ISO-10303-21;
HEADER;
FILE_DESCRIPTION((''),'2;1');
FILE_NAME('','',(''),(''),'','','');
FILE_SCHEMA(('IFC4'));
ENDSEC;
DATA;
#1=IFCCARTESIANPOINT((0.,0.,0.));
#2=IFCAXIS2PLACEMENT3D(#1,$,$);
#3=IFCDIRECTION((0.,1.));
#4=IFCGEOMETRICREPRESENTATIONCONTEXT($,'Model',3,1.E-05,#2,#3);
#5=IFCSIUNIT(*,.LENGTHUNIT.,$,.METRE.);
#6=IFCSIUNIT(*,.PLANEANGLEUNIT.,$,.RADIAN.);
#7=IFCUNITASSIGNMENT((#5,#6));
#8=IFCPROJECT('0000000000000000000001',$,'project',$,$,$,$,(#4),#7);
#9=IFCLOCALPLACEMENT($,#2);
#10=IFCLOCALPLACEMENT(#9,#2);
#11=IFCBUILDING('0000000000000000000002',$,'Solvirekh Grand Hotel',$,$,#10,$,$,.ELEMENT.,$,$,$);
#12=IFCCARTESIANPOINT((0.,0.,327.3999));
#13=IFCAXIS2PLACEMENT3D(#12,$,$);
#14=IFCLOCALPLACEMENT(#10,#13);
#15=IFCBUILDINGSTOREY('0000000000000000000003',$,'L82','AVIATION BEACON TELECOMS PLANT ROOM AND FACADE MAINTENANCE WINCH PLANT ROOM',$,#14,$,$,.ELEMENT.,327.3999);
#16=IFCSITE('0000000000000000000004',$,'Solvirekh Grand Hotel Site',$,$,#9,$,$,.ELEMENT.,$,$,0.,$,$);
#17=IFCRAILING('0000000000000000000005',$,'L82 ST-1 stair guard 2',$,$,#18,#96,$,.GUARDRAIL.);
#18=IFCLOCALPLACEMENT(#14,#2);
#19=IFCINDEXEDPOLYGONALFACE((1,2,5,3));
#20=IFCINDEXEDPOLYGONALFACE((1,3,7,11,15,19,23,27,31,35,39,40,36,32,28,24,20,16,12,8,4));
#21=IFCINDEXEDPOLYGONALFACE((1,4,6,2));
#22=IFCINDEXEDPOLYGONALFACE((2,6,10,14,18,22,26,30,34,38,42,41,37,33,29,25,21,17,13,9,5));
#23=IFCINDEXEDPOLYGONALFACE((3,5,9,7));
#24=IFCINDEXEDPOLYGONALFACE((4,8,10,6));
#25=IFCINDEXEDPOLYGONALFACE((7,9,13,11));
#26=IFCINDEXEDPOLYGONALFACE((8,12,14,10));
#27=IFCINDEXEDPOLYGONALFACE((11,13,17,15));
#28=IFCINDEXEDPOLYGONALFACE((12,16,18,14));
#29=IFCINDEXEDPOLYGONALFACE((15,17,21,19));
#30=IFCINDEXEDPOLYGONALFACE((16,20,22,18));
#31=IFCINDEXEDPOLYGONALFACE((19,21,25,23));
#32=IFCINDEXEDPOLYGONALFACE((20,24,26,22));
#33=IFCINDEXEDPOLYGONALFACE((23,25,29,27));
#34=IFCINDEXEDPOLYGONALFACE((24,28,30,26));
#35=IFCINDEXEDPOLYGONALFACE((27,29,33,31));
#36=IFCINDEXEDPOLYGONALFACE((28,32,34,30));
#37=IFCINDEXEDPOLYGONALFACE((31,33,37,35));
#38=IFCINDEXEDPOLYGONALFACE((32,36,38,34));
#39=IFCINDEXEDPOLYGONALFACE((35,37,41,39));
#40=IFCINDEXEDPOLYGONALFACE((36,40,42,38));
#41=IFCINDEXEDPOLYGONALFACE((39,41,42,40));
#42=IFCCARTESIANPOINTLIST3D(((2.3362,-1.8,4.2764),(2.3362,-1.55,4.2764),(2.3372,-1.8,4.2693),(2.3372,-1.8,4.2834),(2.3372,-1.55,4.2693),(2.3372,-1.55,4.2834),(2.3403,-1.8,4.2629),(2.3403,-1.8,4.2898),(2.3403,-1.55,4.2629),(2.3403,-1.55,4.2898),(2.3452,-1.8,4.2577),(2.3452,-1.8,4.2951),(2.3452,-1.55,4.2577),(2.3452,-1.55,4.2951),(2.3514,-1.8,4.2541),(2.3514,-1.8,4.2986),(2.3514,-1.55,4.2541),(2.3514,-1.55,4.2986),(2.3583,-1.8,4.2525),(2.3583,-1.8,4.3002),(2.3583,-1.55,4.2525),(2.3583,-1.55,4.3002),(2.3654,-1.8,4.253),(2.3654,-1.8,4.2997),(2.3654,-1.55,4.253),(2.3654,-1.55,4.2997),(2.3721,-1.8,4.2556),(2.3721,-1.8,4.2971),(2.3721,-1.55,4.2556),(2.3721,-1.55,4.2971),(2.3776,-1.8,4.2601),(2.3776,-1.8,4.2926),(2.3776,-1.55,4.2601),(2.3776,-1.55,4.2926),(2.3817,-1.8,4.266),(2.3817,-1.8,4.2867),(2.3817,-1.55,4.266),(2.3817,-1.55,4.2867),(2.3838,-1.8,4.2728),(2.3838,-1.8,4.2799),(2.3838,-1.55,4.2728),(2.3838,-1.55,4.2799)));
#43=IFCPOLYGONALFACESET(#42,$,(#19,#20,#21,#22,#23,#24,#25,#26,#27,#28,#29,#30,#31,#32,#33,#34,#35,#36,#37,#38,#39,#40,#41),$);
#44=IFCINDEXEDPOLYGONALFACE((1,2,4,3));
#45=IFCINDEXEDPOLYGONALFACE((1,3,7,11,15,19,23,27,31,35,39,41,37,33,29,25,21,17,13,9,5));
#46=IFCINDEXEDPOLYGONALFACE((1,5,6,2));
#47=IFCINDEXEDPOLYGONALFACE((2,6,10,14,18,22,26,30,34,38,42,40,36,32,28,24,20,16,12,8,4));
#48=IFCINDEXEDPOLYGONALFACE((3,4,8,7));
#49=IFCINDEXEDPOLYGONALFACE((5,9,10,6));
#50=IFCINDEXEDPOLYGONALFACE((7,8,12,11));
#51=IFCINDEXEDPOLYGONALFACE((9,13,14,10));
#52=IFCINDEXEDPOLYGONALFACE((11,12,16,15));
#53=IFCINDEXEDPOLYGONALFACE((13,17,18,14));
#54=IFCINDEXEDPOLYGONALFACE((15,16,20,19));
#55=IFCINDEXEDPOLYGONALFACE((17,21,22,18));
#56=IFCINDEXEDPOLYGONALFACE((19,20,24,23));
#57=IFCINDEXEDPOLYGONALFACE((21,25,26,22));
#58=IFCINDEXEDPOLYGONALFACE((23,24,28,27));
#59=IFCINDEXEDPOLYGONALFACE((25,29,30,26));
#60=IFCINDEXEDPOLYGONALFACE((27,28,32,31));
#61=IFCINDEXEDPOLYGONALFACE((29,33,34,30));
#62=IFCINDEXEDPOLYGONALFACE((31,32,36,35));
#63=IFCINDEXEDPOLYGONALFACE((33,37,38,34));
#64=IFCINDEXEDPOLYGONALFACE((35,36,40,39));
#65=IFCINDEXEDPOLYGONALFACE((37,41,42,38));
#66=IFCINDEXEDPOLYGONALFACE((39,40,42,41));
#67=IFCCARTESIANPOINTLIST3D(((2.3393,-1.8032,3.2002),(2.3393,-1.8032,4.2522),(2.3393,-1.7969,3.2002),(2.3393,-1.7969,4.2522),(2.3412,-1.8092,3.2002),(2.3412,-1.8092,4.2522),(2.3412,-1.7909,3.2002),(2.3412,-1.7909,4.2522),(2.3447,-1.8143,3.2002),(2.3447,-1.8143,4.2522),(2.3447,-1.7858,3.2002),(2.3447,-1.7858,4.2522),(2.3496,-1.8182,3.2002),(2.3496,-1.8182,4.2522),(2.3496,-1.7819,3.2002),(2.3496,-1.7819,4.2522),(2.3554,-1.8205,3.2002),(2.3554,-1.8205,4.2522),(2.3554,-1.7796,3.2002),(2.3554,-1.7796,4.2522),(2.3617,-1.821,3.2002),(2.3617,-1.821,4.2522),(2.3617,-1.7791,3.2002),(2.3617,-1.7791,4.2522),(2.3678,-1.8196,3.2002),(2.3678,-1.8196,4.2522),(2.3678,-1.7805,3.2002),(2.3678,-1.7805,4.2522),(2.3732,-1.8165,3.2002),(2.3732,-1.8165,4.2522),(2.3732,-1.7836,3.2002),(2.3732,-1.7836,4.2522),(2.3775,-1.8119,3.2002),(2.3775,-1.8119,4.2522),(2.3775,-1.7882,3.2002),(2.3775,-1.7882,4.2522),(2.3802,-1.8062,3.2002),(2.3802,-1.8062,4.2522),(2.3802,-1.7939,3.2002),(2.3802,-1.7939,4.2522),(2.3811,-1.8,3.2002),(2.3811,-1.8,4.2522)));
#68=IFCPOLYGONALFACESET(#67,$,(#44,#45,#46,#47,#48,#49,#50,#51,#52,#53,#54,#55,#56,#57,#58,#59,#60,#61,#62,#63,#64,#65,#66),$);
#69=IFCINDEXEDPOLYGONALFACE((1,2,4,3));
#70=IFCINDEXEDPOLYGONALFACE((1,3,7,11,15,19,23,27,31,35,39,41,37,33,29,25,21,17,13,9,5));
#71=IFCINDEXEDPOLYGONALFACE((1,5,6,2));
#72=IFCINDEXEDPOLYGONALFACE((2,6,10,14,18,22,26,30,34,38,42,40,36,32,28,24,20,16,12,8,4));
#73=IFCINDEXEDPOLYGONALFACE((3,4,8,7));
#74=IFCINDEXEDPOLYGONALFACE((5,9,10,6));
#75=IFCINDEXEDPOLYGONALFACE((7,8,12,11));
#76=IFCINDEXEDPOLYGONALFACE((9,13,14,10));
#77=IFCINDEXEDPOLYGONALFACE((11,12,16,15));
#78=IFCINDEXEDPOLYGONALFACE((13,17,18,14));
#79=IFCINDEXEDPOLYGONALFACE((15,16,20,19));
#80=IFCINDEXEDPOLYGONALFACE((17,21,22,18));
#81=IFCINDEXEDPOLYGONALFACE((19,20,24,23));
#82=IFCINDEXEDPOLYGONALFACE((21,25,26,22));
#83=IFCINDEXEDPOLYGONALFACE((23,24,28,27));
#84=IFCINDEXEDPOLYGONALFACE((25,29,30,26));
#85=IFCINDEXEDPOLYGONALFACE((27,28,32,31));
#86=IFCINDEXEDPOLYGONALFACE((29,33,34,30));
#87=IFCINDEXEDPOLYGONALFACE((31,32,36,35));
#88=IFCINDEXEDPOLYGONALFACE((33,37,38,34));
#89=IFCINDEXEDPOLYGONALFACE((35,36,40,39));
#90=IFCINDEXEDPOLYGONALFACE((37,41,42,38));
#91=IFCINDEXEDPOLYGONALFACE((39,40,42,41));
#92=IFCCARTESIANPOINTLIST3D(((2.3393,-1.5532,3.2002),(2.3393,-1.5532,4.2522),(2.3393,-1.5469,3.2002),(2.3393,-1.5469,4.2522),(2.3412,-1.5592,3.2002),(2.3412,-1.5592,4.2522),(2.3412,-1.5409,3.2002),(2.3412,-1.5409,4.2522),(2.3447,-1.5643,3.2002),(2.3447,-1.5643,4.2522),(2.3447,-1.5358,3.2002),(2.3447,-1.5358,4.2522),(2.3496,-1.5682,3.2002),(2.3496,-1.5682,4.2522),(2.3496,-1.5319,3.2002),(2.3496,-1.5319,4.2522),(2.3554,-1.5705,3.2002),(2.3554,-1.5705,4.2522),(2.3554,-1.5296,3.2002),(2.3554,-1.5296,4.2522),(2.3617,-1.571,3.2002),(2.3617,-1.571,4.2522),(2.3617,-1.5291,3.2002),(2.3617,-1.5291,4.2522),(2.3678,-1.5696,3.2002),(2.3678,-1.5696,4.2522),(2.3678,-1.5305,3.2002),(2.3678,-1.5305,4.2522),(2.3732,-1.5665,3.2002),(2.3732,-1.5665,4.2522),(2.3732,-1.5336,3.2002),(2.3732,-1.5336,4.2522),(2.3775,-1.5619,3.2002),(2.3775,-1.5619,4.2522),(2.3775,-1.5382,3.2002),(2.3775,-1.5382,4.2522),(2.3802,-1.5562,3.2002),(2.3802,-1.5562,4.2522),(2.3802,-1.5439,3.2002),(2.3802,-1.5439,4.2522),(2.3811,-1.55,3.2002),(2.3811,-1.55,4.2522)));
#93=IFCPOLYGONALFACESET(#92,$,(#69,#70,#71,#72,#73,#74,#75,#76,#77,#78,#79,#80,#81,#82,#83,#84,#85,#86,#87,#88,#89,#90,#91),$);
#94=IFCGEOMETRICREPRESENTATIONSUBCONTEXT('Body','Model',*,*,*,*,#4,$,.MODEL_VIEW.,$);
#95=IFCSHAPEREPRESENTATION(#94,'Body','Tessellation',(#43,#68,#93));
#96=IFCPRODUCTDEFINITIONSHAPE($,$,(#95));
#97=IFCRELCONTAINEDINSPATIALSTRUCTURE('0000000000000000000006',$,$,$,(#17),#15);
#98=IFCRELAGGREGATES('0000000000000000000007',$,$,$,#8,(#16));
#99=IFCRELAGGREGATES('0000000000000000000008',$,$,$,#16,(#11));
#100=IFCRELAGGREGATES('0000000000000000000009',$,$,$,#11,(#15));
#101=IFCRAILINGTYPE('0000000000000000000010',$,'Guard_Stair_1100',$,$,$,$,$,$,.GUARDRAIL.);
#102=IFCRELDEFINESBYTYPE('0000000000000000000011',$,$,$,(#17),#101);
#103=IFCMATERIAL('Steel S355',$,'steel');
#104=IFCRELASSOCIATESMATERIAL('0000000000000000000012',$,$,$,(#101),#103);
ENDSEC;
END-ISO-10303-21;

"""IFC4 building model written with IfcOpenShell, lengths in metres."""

from ifc_helpers import new_model, si_unit, direction, frame, origin, origin_2d, place, context, subcontext, project, spatial, circle, extrude, material, type_object, element, save


model = new_model("IFC4")

# Units and contexts
model_context = context("Model", 3, precision=1e-05, world=origin(), true_north=direction((0.0, 1.0)))
body_context = subcontext(model_context, "Body", "Model", "MODEL_VIEW")
ifc_project = project(units=[si_unit("LENGTHUNIT", "METRE"), si_unit("PLANEANGLEUNIT", "RADIAN")], contexts=[model_context])

# Site, building, storey
site_placement = place(None, origin())
site = spatial("IfcSite", under=ifc_project, at=site_placement, Name="Solvirekh Grand Hotel Site", CompositionType="ELEMENT", RefElevation=0.0)
building_placement = place(site_placement, origin())
building = spatial("IfcBuilding", under=site, at=building_placement, Name="Solvirekh Grand Hotel", CompositionType="ELEMENT")
storey_placement = place(building_placement, frame((0.0, 0.0, 327.3999)))
storey = spatial("IfcBuildingStorey", under=building, at=storey_placement, Name="L82", Description="AVIATION BEACON TELECOMS PLANT ROOM AND FACADE MAINTENANCE WINCH PLANT ROOM", CompositionType="ELEMENT", Elevation=327.3999)

# Shared definitions
ifc_material_1 = material(Name="Steel S355", Category="steel")

# Railing
railing_type_1 = type_object("IfcRailingType", Name="Guard_Stair_1100", PredefinedType="GUARDRAIL", material=ifc_material_1)
railing_1_placement = place(storey_placement, frame((2.3601, -1.8, 3.2002)))
element("IfcRailing", 1, at=railing_1_placement, inside=storey, type_object=railing_type_1, Name="L82 ST-1 stair guard 2", PredefinedType="GUARDRAIL", context=body_context, shape_type="SweptSolid", body=[
    extrude(circle(Radius=0.0239, at=origin_2d()), frame((0.0, 0.0, 1.0762), z_axis=(0.0, 1.0, 0.0), x_axis=(-1.0, 0.0, 0.0)), (0.0, 0.0, 1.0), 0.25),
    extrude(circle(Radius=0.021, at=origin_2d()), origin(), (0.0, 0.0, 1.0), 1.052),
    extrude(circle(Radius=0.021, at=origin_2d()), frame((0.0, 0.25, 0.0)), (0.0, 0.0, 1.0), 1.052),
])

save(model, "model.ifc")
